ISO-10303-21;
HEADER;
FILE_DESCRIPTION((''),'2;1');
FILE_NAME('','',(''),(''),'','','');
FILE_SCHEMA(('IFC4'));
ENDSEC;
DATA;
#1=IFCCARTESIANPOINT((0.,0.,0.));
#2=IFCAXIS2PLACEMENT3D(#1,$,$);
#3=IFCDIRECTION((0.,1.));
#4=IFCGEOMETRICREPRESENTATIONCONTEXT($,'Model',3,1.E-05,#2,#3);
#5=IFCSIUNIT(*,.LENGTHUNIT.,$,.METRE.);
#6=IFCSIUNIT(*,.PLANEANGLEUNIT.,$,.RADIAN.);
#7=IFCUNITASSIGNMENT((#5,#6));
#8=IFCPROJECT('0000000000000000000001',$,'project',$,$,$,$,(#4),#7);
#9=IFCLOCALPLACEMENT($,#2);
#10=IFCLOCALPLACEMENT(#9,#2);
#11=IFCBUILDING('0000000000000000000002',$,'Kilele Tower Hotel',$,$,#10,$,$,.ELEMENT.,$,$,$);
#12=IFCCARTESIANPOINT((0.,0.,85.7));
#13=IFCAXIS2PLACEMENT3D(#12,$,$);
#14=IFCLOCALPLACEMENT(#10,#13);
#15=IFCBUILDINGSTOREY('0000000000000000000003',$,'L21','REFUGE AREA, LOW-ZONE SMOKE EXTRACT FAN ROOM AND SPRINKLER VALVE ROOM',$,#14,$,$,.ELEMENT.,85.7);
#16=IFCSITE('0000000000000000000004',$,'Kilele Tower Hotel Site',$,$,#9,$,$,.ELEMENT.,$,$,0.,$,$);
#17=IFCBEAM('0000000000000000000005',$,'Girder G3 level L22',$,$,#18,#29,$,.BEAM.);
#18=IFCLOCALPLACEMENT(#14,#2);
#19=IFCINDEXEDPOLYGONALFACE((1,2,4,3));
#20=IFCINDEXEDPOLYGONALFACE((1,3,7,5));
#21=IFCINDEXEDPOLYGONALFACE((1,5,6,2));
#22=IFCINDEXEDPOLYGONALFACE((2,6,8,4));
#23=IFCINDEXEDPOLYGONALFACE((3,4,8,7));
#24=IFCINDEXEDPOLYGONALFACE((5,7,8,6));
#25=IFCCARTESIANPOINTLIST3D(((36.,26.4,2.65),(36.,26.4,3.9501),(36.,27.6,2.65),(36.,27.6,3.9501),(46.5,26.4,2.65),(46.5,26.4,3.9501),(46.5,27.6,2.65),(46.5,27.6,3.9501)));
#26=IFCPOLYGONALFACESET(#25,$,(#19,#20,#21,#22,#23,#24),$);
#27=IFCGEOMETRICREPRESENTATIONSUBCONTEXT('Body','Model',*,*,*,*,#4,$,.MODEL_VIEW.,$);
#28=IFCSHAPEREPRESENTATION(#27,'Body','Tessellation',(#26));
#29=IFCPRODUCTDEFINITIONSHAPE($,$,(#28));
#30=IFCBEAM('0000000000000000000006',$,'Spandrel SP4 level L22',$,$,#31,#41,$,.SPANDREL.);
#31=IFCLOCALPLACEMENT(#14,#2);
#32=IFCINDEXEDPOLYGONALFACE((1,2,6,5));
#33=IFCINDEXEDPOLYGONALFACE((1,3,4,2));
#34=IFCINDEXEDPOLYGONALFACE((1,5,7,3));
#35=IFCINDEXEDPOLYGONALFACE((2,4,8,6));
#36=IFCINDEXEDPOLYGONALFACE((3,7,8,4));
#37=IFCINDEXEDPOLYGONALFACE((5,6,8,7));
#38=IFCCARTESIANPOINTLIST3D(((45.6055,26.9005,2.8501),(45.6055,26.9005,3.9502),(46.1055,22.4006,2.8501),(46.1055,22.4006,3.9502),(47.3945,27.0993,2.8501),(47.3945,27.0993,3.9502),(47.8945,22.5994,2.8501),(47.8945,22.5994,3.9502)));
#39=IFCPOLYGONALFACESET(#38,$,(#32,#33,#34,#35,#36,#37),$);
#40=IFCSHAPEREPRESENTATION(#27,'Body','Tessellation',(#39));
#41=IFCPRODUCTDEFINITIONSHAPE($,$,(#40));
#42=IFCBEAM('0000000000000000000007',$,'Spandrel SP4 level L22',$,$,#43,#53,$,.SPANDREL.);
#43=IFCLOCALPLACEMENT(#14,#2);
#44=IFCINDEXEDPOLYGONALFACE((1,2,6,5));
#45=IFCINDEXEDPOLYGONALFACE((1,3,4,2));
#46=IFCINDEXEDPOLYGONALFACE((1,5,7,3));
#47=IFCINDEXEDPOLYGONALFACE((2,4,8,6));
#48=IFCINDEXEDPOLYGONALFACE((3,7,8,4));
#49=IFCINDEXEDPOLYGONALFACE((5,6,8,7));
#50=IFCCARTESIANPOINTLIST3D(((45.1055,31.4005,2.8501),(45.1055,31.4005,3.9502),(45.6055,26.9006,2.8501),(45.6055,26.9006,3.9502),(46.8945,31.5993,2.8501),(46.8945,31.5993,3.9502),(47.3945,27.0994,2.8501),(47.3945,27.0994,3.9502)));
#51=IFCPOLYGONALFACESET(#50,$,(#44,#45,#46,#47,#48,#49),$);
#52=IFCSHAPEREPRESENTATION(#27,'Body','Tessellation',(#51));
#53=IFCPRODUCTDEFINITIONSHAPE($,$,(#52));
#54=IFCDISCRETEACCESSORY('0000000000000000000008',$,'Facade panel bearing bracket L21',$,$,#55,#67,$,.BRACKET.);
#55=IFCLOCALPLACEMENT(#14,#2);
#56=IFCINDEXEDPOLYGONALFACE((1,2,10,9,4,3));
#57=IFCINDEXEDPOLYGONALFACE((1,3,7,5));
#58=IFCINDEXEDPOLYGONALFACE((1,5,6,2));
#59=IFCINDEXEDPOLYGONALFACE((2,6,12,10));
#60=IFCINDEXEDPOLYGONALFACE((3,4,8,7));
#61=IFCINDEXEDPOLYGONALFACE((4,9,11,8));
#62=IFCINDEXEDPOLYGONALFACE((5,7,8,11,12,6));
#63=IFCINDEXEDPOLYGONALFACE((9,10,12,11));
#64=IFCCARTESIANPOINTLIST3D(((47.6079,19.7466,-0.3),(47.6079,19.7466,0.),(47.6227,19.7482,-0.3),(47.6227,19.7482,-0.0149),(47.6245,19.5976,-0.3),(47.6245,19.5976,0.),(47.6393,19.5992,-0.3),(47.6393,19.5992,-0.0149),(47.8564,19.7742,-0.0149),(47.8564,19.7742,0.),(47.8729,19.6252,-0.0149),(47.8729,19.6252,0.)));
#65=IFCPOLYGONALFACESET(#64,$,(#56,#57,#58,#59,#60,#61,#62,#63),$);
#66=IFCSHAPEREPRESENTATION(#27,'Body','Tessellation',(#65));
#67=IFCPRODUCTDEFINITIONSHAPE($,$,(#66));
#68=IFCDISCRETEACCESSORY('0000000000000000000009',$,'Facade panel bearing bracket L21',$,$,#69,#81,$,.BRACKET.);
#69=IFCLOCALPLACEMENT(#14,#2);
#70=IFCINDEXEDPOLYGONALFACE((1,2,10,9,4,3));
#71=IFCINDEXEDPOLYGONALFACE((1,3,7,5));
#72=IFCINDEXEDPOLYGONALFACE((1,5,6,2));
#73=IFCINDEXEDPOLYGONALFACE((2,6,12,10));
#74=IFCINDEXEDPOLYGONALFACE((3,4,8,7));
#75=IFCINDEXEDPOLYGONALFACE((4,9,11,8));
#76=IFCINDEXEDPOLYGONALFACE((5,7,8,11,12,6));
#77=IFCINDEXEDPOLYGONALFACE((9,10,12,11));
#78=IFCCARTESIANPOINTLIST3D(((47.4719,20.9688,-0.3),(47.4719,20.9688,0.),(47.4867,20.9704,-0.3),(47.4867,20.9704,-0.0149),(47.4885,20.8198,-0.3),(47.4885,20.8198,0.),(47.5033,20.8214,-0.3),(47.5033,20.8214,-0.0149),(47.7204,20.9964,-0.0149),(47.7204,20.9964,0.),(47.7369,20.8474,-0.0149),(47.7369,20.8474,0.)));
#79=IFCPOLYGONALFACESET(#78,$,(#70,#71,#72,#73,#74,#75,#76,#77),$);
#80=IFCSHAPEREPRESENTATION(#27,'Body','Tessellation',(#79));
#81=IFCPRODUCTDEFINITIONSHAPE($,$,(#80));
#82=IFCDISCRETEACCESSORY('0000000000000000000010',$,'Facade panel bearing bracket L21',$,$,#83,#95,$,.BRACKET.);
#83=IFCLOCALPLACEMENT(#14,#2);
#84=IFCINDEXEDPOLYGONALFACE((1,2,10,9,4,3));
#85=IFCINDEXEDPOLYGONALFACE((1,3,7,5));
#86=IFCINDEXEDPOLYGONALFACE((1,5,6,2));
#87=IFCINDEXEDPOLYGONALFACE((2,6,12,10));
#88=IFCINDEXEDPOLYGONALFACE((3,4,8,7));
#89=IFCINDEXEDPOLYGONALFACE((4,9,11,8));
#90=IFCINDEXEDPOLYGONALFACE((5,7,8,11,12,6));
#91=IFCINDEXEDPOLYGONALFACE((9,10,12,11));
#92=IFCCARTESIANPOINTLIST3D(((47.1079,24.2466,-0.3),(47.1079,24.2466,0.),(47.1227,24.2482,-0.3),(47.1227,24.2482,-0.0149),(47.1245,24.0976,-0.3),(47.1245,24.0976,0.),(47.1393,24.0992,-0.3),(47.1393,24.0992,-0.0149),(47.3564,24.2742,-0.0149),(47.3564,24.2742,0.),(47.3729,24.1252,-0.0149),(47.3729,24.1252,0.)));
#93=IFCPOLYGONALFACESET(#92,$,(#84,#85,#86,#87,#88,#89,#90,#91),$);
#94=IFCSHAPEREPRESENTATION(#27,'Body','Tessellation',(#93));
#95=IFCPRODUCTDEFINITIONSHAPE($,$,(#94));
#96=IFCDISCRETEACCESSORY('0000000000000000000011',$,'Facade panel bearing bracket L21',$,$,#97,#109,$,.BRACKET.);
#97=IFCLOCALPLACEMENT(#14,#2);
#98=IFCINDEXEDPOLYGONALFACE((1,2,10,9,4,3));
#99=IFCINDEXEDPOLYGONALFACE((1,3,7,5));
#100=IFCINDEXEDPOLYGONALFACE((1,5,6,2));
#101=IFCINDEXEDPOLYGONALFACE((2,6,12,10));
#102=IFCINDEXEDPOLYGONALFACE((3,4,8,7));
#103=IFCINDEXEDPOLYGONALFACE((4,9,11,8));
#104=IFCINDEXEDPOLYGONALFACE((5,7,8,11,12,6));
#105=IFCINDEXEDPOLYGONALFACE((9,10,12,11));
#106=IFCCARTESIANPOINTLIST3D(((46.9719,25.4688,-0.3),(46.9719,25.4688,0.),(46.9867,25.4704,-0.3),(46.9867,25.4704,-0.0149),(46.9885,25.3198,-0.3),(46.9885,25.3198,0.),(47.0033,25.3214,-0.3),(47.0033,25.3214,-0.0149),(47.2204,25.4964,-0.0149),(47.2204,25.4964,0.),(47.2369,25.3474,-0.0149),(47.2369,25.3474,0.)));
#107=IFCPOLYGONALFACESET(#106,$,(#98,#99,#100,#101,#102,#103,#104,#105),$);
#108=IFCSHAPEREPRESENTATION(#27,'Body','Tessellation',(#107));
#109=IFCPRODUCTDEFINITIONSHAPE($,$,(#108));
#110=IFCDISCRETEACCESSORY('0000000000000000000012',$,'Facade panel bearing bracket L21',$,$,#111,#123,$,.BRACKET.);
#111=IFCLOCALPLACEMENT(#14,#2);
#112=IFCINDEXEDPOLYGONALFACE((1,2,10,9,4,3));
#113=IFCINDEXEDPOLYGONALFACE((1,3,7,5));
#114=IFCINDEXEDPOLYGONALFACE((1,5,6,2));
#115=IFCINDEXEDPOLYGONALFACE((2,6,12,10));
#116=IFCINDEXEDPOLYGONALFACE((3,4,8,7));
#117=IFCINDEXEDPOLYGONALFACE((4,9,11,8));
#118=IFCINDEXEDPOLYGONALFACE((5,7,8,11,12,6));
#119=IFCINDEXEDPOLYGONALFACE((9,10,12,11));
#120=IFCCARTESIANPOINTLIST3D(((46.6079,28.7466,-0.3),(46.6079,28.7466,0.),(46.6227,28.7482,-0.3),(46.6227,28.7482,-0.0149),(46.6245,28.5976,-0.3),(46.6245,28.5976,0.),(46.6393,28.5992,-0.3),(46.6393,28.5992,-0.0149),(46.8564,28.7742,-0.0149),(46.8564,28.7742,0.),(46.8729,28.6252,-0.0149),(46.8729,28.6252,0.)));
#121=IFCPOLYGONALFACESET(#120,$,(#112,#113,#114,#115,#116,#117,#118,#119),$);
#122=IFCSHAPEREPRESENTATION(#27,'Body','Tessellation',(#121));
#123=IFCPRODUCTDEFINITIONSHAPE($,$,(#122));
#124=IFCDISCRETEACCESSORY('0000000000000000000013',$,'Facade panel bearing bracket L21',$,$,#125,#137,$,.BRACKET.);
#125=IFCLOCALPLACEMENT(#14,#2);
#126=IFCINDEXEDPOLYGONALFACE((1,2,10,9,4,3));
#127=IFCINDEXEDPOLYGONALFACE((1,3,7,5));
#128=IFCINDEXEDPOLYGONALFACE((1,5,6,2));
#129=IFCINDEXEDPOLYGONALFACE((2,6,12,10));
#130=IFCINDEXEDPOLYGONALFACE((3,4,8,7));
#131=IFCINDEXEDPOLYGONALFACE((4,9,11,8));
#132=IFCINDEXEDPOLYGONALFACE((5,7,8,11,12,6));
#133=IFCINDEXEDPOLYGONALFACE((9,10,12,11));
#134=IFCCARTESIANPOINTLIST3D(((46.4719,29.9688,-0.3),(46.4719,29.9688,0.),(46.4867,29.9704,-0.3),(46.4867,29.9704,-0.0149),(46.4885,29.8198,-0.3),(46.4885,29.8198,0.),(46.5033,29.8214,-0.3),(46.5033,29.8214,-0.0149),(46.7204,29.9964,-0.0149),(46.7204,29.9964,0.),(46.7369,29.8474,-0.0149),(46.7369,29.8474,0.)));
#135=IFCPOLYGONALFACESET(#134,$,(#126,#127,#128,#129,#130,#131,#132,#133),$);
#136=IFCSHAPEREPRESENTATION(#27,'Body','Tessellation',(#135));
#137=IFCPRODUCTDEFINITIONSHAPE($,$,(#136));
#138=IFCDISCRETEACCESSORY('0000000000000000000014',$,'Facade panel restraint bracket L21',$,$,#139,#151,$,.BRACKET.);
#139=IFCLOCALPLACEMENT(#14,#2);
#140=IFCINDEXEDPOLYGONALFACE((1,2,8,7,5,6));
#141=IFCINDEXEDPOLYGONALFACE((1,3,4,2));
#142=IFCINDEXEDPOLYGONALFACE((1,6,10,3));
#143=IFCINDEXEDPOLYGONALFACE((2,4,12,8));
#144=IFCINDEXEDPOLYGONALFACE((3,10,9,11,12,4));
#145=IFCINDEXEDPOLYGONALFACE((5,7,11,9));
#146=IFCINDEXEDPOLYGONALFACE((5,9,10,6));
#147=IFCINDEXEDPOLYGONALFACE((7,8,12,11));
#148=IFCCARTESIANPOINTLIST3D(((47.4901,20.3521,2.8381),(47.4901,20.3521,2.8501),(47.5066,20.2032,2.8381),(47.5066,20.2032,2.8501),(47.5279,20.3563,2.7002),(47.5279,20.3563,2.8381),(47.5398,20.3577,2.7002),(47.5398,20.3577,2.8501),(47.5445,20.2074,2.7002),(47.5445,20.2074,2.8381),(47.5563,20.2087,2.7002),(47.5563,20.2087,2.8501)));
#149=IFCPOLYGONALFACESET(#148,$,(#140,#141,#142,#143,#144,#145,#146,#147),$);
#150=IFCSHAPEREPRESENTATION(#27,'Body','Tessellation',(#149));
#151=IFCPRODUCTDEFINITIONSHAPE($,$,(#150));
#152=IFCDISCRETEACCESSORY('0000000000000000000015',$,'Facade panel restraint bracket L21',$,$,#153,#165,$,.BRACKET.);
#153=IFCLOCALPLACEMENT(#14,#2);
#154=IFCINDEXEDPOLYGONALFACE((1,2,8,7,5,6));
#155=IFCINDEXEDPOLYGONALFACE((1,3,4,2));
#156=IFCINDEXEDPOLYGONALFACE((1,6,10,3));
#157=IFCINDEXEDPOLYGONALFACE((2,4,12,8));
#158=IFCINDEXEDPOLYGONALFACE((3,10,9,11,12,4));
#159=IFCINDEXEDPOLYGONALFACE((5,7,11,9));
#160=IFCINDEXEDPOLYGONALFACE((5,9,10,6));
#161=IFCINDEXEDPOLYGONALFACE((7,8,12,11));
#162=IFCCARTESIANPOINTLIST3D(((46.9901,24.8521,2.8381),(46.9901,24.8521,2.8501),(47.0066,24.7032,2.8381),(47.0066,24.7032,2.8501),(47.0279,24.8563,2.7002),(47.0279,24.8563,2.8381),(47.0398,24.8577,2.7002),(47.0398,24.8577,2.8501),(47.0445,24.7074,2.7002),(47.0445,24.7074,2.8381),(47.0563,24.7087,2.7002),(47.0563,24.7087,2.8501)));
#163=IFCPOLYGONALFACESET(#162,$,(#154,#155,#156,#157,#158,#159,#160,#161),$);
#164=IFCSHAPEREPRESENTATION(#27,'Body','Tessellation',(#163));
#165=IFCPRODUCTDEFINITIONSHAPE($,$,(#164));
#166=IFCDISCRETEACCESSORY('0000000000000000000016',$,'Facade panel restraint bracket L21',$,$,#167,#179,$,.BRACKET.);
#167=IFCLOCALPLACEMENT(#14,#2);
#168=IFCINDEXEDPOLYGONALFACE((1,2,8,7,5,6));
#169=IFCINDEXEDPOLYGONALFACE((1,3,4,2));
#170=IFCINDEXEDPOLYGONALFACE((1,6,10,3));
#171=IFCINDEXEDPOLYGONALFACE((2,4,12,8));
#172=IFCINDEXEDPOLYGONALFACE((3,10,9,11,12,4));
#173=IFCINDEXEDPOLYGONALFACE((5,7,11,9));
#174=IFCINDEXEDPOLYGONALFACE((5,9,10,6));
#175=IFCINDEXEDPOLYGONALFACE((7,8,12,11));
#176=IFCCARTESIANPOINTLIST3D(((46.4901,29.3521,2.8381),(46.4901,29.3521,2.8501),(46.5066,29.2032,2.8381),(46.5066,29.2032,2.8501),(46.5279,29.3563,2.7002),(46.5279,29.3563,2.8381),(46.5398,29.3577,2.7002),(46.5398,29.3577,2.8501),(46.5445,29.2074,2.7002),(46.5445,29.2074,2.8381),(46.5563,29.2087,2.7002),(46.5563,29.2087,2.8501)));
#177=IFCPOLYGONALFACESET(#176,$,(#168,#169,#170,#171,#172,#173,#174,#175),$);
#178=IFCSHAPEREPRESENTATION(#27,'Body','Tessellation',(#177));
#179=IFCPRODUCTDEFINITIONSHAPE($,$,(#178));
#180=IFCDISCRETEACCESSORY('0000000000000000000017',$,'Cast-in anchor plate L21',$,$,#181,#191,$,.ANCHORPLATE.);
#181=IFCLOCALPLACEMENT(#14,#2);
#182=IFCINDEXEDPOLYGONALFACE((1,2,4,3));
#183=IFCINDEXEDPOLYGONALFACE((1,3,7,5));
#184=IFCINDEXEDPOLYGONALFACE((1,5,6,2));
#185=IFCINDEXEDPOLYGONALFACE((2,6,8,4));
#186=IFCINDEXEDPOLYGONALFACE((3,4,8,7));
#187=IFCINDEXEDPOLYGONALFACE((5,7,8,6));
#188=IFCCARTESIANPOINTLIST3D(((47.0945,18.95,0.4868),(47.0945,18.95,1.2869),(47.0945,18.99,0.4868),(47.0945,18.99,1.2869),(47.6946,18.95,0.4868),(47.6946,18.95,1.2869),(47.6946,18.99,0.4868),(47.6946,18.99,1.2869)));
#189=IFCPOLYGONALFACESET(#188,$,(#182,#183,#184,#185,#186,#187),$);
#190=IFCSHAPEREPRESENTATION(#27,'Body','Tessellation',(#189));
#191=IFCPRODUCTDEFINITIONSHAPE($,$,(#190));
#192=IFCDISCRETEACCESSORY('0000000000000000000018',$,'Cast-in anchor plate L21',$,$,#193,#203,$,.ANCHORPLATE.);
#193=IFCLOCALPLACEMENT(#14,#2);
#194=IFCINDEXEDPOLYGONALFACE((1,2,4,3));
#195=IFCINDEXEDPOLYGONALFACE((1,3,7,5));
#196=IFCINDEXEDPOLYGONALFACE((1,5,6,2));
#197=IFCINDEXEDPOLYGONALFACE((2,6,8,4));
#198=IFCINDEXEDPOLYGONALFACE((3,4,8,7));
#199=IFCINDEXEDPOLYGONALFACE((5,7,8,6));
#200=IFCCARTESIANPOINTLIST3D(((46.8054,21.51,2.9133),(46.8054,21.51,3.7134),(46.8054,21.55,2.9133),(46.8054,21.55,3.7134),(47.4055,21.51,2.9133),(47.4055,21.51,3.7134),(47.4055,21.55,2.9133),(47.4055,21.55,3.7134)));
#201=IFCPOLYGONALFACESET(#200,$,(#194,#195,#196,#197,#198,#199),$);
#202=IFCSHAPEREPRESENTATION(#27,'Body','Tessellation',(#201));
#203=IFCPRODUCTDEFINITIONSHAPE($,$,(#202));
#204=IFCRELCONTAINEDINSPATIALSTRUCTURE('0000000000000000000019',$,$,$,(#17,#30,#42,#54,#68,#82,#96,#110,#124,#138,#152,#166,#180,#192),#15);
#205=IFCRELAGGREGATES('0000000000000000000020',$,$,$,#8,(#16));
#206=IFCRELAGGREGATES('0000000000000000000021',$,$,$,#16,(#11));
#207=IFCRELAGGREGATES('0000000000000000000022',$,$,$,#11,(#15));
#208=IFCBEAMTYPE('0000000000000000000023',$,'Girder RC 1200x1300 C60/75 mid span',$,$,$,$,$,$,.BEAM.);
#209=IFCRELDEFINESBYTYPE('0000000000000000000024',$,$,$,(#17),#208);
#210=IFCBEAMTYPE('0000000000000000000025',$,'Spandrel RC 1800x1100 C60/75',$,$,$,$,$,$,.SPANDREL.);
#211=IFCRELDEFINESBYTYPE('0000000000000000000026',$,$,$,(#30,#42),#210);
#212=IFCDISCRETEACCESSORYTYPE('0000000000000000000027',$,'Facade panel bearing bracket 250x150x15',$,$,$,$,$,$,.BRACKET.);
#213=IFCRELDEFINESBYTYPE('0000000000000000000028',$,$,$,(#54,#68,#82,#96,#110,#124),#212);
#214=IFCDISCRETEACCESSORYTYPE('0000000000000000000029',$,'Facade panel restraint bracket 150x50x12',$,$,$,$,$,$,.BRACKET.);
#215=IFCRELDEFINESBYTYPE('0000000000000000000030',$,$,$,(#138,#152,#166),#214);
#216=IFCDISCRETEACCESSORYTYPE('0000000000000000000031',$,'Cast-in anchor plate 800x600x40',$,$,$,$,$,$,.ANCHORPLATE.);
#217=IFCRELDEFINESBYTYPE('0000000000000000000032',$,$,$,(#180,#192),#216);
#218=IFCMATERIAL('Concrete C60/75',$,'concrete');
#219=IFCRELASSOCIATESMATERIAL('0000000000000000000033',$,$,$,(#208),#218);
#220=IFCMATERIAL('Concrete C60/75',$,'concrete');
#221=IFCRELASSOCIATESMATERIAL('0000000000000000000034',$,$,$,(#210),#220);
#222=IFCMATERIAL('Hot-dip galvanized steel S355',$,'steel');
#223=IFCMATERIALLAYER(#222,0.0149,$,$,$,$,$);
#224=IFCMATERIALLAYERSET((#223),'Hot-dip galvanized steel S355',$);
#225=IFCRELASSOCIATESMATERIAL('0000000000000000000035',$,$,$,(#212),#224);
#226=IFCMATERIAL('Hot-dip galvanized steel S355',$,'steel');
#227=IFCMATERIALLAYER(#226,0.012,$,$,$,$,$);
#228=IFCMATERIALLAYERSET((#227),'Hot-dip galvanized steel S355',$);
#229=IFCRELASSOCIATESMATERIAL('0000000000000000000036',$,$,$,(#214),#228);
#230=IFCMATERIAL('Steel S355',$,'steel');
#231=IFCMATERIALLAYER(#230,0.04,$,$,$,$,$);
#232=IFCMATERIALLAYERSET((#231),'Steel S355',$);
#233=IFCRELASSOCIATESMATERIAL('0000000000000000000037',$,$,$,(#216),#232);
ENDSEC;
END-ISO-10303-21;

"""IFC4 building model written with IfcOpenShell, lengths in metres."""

from ifc_helpers import new_model, si_unit, direction, frame, origin, origin_2d, place, context, subcontext, project, spatial, polyline, rectangle, outline, extrude, source, transform, mapped, material, layer, layer_set, material_profile, profile_set, type_object, element, save


model = new_model("IFC4")

# Units and contexts
model_context = context("Model", 3, precision=1e-05, world=origin(), true_north=direction((0.0, 1.0)))
body_context = subcontext(model_context, "Body", "Model", "MODEL_VIEW")
ifc_project = project(units=[si_unit("LENGTHUNIT", "METRE"), si_unit("PLANEANGLEUNIT", "RADIAN")], contexts=[model_context])

# Site, building, storey
site_placement = place(None, origin())
site = spatial("IfcSite", under=ifc_project, at=site_placement, Name="Kilele Tower Hotel Site", CompositionType="ELEMENT", RefElevation=0.0)
building_placement = place(site_placement, origin())
building = spatial("IfcBuilding", under=site, at=building_placement, Name="Kilele Tower Hotel", CompositionType="ELEMENT")
storey_placement = place(building_placement, frame((0.0, 0.0, 85.7)))
storey = spatial("IfcBuildingStorey", under=building, at=storey_placement, Name="L21", Description="REFUGE AREA, LOW-ZONE SMOKE EXTRACT FAN ROOM AND SPRINKLER VALVE ROOM", CompositionType="ELEMENT", Elevation=85.7)

# Beams
ifc_material_1 = material(Name="Concrete C60/75", Category="concrete")
ifc_material_profile_1 = material_profile(ifc_material_1, rectangle(XDim=1.2, YDim=1.3, at=origin_2d()))
ifc_profile_set_1 = profile_set([ifc_material_profile_1], Name="Concrete C60/75")
beam_type_1 = type_object("IfcBeamType", Name="Girder RC 1200x1300 C60/75 mid span", PredefinedType="BEAM", material=ifc_profile_set_1)
beam_1_placement = place(storey_placement, frame((46.5, 27.0, 3.3), z_axis=(-1.0, 0.0, 0.0), x_axis=(0.0, -1.0, 0.0)))
element("IfcBeam", 1, at=beam_1_placement, inside=storey, type_object=beam_type_1, Name="Girder G3 level L22", PredefinedType="BEAM", context=body_context, shape_type="SweptSolid", body=[
    extrude(rectangle(XDim=1.2, YDim=1.3, at=origin_2d()), origin(), (0.0, 0.0, 1.0), 10.5),
])
ifc_material_2 = material(Name="Concrete C60/75", Category="concrete")
ifc_material_profile_2 = material_profile(ifc_material_2, rectangle(XDim=1.8, YDim=1.1001, at=origin_2d()))
ifc_profile_set_2 = profile_set([ifc_material_profile_2], Name="Concrete C60/75")
beam_type_2 = type_object("IfcBeamType", Name="Spandrel RC 1800x1100 C60/75", PredefinedType="SPANDREL", material=ifc_profile_set_2)
for number, where, z_axis, x_axis, name in (
    (2, (47.0, 22.5, 3.4001), (-0.110432, 0.993884, 0.0), (-0.993884, -0.110432, 0.0), "Spandrel SP4 level L22"),
    (3, (46.5, 27.0, 3.4001), (-0.110432, 0.993884, 0.0), (-0.993884, -0.110432, 0.0), "Spandrel SP4 level L22"),
):
    element("IfcBeam", number, at=place(storey_placement, frame(where, z_axis=z_axis, x_axis=x_axis)), inside=storey, type_object=beam_type_2, Name=name, PredefinedType="SPANDREL", context=body_context, shape_type="SweptSolid", body=[
        extrude(rectangle(XDim=1.8, YDim=1.1001, at=origin_2d()), origin(), (0.0, 0.0, 1.0), 4.5276),
    ])

# Discrete accessories
ifc_material_3 = material(Name="Hot-dip galvanized steel S355", Category="steel")
ifc_layer_1 = layer(ifc_material_3, 0.0149)
ifc_layer_set_1 = layer_set([ifc_layer_1], Name="Hot-dip galvanized steel S355")
discrete_accessory_type_1 = type_object("IfcDiscreteAccessoryType", Name="Facade panel bearing bracket 250x150x15", PredefinedType="BRACKET", material=ifc_layer_set_1)
shared_shape_1 = source(origin(), body_context, "Body", "SweptSolid", [
    extrude(outline(polyline([(0.0, 0.0), (0.25, 0.0), (0.25, -0.0149), (0.0149, -0.0149), (0.0149, -0.3), (0.0, -0.3), (0.0, 0.0)])), origin(), (0.0, 0.0, 1.0), 0.1499),
])
for number, where, z_axis, x_axis, name in (
    (4, (47.6079, 19.7466, 0.0), (0.110432, -0.993884, 0.0), (0.993884, 0.110432, 0.0), "Facade panel bearing bracket L21"),
    (5, (47.4719, 20.9688, 0.0), (0.110432, -0.993884, 0.0), (0.993884, 0.110432, 0.0), "Facade panel bearing bracket L21"),
    (6, (47.1079, 24.2466, 0.0), (0.110432, -0.993884, 0.0), (0.993884, 0.110432, 0.0), "Facade panel bearing bracket L21"),
    (7, (46.9719, 25.4688, 0.0), (0.110432, -0.993884, 0.0), (0.993884, 0.110432, 0.0), "Facade panel bearing bracket L21"),
    (8, (46.6079, 28.7466, 0.0), (0.110432, -0.993884, 0.0), (0.993884, 0.110432, 0.0), "Facade panel bearing bracket L21"),
    (9, (46.4719, 29.9688, 0.0), (0.110432, -0.993884, 0.0), (0.993884, 0.110432, 0.0), "Facade panel bearing bracket L21"),
):
    element("IfcDiscreteAccessory", number, at=place(storey_placement, frame(where, z_axis=z_axis, x_axis=x_axis)), inside=storey, type_object=discrete_accessory_type_1, Name=name, PredefinedType="BRACKET", context=body_context, shape_type="MappedRepresentation", body=[
        mapped(shared_shape_1, transform((0.0, 0.0, 0.0))),
    ])
ifc_material_4 = material(Name="Hot-dip galvanized steel S355", Category="steel")
ifc_layer_2 = layer(ifc_material_4, 0.012)
ifc_layer_set_2 = layer_set([ifc_layer_2], Name="Hot-dip galvanized steel S355")
discrete_accessory_type_2 = type_object("IfcDiscreteAccessoryType", Name="Facade panel restraint bracket 150x50x12", PredefinedType="BRACKET", material=ifc_layer_set_2)
shared_shape_2 = source(origin(), body_context, "Body", "SweptSolid", [
    extrude(outline(polyline([(0.0, 0.0), (0.0, -0.1499), (-0.012, -0.1499), (-0.012, -0.012), (-0.05, -0.012), (-0.05, 0.0), (0.0, 0.0)])), origin(), (0.0, 0.0, 1.0), 0.1499),
])
for number, where, z_axis, x_axis, name in (
    (10, (47.5398, 20.3577, 2.8501), (0.110432, -0.993884, 0.0), (0.993884, 0.110432, 0.0), "Facade panel restraint bracket L21"),
    (11, (47.0398, 24.8577, 2.8501), (0.110432, -0.993884, 0.0), (0.993884, 0.110432, 0.0), "Facade panel restraint bracket L21"),
    (12, (46.5398, 29.3577, 2.8501), (0.110432, -0.993884, 0.0), (0.993884, 0.110432, 0.0), "Facade panel restraint bracket L21"),
):
    element("IfcDiscreteAccessory", number, at=place(storey_placement, frame(where, z_axis=z_axis, x_axis=x_axis)), inside=storey, type_object=discrete_accessory_type_2, Name=name, PredefinedType="BRACKET", context=body_context, shape_type="MappedRepresentation", body=[
        mapped(shared_shape_2, transform((0.0, 0.0, 0.0))),
    ])
ifc_material_5 = material(Name="Steel S355", Category="steel")
ifc_layer_3 = layer(ifc_material_5, 0.04)
ifc_layer_set_3 = layer_set([ifc_layer_3], Name="Steel S355")
discrete_accessory_type_3 = type_object("IfcDiscreteAccessoryType", Name="Cast-in anchor plate 800x600x40", PredefinedType="ANCHORPLATE", material=ifc_layer_set_3)
shared_shape_3 = source(origin(), body_context, "Body", "SweptSolid", [
    extrude(outline(polyline([(0.0, 0.0), (0.04, 0.0), (0.04, 0.8), (0.0, 0.8), (0.0, 0.0)])), origin(), (0.0, 0.0, 1.0), 0.6001),
])
for number, where, z_axis, x_axis, name in (
    (13, (47.0945, 18.95, 0.4868), (1.0, 0.0, 0.0), (0.0, 1.0, 0.0), "Cast-in anchor plate L21"),
    (14, (47.4055, 21.55, 2.9133), (-1.0, 0.0, 0.0), (0.0, -1.0, 0.0), "Cast-in anchor plate L21"),
):
    element("IfcDiscreteAccessory", number, at=place(storey_placement, frame(where, z_axis=z_axis, x_axis=x_axis)), inside=storey, type_object=discrete_accessory_type_3, Name=name, PredefinedType="ANCHORPLATE", context=body_context, shape_type="MappedRepresentation", body=[
        mapped(shared_shape_3, transform((0.0, 0.0, 0.0))),
    ])

save(model, "model.ifc")
